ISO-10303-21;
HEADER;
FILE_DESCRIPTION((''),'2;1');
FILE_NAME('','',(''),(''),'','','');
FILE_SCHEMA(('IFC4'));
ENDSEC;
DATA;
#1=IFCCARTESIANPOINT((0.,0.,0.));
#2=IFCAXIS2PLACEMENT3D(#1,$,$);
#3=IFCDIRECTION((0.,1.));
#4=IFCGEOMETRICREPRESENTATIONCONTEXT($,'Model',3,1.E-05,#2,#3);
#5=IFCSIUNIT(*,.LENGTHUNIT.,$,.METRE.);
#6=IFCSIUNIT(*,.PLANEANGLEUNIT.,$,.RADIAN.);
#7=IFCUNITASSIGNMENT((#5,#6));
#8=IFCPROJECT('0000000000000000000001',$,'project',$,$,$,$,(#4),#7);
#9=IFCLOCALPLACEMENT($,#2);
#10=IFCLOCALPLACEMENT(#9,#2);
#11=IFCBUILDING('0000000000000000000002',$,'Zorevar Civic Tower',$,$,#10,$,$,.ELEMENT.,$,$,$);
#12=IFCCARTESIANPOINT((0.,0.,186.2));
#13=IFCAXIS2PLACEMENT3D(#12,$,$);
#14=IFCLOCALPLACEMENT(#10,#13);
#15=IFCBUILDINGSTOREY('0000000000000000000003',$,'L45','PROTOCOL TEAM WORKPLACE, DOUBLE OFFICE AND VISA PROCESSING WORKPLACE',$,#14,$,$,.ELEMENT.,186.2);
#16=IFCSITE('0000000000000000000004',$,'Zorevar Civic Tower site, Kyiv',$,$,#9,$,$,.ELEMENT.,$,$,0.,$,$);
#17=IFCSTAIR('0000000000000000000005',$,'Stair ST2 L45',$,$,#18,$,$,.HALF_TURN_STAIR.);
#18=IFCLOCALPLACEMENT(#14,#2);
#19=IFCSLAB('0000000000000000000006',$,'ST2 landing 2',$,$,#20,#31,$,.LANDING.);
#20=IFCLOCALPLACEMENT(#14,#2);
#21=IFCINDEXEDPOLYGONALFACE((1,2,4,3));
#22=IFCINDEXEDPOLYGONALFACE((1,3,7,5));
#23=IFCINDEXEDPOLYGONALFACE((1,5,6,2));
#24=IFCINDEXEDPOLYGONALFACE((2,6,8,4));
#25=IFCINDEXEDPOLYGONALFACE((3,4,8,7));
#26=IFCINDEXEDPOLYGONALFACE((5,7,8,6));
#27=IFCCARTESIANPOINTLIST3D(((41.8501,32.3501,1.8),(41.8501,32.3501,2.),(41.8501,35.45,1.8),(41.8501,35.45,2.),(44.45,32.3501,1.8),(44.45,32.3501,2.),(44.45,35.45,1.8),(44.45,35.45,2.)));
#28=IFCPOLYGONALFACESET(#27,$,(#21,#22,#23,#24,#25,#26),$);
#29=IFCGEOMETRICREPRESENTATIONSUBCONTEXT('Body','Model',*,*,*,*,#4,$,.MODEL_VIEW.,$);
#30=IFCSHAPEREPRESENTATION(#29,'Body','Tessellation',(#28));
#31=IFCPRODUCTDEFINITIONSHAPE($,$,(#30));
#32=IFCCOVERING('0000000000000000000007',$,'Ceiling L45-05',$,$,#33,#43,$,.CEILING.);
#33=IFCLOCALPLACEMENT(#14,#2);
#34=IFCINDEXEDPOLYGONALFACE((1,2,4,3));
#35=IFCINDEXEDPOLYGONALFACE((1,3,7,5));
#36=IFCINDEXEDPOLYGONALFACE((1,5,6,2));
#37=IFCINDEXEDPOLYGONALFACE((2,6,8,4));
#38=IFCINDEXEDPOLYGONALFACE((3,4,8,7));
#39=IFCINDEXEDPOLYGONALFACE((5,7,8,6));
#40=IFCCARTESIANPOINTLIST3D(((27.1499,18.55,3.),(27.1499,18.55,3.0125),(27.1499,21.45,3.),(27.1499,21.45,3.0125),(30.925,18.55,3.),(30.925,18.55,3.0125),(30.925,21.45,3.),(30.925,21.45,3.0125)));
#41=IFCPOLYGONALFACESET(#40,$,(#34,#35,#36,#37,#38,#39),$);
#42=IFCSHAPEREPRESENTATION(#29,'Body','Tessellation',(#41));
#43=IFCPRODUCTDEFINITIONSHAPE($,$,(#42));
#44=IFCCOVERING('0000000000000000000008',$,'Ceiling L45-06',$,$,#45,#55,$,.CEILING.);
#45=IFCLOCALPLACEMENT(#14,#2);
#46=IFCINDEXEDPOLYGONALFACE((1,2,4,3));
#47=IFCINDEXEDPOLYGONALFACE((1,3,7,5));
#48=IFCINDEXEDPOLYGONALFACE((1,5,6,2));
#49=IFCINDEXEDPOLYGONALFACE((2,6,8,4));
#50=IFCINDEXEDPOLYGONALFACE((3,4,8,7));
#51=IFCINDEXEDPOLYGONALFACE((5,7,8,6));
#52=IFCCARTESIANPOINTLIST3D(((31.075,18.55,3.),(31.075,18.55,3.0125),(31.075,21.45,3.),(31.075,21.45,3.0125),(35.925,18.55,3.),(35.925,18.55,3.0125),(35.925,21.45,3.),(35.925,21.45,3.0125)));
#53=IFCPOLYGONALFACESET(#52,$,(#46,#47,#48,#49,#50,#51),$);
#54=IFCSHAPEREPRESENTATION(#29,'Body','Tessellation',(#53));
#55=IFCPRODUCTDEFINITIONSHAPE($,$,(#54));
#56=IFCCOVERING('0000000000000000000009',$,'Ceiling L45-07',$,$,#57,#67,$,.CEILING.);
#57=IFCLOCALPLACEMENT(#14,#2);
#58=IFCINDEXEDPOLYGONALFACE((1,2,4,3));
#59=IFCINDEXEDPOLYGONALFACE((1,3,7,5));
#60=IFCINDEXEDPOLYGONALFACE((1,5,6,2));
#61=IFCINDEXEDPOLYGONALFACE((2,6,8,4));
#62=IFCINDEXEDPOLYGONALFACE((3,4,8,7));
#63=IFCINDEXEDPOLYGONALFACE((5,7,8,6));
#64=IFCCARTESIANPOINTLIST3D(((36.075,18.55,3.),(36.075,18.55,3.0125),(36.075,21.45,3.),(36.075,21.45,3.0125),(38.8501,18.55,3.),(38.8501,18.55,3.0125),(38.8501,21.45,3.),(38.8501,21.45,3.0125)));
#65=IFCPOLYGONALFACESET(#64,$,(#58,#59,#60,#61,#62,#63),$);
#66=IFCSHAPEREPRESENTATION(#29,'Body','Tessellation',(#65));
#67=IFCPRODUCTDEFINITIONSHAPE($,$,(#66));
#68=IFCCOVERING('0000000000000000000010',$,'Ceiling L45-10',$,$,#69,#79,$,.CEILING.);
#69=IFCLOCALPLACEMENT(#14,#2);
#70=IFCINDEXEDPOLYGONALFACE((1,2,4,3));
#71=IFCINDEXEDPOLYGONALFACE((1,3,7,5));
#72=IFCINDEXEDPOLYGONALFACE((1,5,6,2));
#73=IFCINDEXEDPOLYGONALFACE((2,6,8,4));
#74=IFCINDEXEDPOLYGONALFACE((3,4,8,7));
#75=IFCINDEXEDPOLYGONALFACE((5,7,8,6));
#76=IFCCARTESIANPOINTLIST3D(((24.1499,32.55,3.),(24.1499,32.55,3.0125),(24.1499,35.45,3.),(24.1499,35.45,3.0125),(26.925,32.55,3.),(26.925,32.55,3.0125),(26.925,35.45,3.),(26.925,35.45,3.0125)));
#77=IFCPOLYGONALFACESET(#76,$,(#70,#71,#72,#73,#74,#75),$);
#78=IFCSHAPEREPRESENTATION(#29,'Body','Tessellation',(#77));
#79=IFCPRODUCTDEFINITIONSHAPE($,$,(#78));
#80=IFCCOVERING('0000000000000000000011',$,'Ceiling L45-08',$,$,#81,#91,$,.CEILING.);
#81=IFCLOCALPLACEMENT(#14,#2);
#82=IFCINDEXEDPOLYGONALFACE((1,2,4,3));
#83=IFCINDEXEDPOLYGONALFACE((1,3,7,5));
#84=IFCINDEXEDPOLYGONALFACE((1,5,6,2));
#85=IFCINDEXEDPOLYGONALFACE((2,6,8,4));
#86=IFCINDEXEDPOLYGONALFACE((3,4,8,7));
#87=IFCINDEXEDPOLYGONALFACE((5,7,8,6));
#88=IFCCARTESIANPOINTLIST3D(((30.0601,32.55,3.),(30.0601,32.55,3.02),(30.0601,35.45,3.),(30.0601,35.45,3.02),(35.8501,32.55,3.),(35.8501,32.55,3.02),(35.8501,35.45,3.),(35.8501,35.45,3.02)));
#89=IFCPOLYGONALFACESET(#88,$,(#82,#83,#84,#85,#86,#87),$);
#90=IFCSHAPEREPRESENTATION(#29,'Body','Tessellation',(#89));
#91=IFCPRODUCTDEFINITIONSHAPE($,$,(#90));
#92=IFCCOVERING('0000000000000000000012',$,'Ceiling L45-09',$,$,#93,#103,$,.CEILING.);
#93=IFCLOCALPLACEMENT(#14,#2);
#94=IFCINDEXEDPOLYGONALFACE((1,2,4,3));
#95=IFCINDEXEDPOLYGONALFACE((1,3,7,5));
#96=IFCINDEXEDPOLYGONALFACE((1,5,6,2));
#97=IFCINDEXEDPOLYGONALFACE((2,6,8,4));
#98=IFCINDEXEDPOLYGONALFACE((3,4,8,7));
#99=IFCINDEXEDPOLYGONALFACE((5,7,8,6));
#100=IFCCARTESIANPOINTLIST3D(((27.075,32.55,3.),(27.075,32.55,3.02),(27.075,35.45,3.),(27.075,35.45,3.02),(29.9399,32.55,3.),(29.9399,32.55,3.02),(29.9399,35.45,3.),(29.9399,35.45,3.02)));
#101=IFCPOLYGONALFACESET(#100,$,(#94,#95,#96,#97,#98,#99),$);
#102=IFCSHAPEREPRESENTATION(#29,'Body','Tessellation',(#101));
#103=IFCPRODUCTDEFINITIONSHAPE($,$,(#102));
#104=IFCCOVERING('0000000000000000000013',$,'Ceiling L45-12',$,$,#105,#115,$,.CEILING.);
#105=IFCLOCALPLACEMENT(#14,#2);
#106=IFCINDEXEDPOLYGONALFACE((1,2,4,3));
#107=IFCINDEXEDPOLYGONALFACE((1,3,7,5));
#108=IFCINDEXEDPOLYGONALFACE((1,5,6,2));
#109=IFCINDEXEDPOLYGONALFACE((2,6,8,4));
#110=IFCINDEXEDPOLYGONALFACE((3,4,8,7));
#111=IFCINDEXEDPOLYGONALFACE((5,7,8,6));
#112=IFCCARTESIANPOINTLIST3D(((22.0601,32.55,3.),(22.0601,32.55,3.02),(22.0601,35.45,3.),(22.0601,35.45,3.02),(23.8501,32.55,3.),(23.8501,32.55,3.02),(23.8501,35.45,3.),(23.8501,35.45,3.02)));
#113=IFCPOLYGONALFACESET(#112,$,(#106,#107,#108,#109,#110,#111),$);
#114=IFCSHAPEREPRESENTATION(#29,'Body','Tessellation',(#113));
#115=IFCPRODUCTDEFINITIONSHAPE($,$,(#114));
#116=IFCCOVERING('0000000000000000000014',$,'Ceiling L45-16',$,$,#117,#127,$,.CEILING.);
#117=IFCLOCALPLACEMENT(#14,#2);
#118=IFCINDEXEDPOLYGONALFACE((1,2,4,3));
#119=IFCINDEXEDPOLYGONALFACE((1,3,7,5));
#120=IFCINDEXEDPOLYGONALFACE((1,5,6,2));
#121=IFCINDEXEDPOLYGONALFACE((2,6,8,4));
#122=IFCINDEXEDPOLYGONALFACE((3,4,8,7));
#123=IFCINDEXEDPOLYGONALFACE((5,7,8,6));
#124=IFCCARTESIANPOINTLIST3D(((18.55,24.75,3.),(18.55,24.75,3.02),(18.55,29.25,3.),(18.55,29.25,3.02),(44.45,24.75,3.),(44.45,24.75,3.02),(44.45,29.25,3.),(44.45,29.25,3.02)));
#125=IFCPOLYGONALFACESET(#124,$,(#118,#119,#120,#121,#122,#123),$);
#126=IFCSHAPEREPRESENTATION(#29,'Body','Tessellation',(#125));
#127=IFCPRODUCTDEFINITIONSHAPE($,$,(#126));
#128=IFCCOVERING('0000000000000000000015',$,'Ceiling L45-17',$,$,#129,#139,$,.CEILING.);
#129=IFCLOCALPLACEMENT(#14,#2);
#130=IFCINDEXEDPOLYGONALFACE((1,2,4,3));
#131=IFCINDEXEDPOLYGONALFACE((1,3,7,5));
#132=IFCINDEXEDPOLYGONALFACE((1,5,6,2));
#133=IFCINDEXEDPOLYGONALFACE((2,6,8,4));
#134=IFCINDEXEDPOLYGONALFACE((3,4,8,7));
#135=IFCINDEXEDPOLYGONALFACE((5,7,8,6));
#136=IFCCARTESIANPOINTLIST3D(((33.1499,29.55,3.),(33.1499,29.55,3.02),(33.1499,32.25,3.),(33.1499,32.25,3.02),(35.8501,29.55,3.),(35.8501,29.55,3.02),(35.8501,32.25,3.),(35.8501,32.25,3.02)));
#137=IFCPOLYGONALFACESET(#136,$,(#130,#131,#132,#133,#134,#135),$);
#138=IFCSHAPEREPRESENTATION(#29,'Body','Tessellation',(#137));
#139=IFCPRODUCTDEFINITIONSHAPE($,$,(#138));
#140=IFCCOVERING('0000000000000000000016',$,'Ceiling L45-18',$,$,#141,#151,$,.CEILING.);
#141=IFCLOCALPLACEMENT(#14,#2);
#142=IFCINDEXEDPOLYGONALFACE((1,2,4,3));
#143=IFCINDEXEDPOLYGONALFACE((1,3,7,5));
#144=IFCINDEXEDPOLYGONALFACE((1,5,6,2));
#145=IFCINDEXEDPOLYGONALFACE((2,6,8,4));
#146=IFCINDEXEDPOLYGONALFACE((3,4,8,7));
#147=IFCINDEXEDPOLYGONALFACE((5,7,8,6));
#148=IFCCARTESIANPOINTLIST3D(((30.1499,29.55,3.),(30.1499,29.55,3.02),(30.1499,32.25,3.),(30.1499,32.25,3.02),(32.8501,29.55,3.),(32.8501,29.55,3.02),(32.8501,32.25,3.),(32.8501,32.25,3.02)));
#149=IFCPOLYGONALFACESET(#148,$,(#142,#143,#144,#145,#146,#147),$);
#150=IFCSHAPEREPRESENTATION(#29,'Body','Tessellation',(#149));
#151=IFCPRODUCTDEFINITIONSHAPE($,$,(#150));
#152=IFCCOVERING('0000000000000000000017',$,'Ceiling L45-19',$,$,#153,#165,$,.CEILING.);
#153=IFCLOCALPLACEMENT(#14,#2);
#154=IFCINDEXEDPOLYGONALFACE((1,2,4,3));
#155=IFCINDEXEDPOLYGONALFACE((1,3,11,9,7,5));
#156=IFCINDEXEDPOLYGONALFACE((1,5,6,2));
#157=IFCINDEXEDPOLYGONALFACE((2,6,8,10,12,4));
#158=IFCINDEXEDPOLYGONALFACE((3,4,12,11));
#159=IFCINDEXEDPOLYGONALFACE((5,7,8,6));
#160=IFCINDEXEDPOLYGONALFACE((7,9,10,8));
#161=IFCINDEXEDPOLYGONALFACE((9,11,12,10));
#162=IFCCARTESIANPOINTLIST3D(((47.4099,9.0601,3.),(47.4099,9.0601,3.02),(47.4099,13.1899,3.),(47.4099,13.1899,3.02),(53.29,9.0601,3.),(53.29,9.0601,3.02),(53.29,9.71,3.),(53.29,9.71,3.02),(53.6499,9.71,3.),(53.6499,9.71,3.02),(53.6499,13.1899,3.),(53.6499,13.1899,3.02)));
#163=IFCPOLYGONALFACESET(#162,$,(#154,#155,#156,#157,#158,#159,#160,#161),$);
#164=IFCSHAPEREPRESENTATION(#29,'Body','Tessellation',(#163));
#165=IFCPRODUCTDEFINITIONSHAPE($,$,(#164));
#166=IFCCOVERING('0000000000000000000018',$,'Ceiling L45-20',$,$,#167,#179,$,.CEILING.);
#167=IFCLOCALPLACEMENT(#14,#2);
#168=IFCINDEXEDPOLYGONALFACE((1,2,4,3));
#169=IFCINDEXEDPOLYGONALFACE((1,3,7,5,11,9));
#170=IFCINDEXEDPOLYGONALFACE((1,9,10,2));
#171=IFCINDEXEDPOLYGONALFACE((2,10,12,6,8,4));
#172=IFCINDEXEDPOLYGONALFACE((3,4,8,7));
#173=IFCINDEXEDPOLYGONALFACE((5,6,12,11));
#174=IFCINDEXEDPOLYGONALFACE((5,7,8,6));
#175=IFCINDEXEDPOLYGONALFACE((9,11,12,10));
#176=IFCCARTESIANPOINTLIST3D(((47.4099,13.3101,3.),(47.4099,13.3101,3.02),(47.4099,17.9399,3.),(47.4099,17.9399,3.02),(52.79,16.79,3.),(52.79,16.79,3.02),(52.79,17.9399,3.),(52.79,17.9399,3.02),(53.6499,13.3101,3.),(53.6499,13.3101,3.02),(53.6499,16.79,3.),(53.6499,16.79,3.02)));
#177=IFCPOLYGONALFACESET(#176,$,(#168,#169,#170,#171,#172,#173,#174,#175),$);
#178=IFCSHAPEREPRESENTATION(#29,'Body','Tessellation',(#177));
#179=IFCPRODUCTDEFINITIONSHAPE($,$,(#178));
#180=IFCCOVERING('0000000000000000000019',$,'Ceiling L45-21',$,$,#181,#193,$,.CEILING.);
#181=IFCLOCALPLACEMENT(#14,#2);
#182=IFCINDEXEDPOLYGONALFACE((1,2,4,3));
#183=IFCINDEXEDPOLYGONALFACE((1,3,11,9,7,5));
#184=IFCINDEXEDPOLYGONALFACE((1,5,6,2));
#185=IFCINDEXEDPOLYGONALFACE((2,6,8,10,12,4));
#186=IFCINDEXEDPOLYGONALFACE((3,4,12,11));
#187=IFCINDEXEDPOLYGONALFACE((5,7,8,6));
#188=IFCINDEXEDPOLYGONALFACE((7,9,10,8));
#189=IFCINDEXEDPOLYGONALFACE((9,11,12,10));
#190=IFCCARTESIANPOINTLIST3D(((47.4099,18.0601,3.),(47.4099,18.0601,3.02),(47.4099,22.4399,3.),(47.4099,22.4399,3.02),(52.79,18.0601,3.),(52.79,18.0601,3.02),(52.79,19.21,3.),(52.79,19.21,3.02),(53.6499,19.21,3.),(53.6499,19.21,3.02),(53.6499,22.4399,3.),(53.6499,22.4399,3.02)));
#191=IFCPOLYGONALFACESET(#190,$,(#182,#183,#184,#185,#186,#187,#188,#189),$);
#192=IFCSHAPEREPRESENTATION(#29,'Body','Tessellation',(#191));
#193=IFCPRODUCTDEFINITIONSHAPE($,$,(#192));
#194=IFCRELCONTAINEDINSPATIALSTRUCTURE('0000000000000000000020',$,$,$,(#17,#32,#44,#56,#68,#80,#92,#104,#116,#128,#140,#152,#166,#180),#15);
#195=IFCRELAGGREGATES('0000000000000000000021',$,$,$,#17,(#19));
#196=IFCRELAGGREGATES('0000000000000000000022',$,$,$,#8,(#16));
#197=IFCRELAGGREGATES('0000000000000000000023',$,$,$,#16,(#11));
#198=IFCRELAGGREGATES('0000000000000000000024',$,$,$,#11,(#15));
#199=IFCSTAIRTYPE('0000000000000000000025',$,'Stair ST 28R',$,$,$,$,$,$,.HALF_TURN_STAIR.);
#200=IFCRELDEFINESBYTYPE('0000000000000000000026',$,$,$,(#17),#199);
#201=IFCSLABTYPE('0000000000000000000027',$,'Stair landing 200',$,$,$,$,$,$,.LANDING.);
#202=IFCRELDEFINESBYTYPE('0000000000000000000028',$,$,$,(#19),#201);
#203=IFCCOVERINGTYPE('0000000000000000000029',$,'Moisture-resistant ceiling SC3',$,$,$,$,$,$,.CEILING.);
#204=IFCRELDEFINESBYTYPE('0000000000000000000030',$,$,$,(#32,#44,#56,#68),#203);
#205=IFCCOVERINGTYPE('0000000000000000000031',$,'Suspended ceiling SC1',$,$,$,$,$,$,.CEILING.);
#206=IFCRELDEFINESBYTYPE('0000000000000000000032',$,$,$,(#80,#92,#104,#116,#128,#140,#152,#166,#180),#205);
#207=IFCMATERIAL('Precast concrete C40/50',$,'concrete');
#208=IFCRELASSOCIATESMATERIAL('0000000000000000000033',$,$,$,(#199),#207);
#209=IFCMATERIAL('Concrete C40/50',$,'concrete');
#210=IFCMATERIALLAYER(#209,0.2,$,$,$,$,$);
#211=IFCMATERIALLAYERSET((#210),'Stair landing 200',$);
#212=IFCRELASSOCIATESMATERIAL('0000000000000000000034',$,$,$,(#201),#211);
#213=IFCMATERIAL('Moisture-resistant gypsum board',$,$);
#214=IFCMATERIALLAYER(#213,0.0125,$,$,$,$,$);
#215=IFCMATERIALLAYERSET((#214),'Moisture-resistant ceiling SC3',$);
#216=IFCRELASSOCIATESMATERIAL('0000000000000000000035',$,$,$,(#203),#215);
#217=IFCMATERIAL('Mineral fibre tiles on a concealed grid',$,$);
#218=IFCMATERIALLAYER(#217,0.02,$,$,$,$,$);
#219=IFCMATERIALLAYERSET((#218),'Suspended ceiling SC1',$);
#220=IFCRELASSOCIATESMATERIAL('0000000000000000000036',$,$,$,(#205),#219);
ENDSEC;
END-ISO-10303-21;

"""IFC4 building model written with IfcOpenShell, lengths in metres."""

from ifc_helpers import new_model, si_unit, direction, frame, origin, place, context, subcontext, project, spatial, polyline, outline, extrude, material, layer, layer_set, type_object, element, aggregate, save


model = new_model("IFC4")

# Units and contexts
model_context = context("Model", 3, precision=1e-05, world=origin(), true_north=direction((0.0, 1.0)))
body_context = subcontext(model_context, "Body", "Model", "MODEL_VIEW")
ifc_project = project(units=[si_unit("LENGTHUNIT", "METRE"), si_unit("PLANEANGLEUNIT", "RADIAN")], contexts=[model_context])

# Site, building, storey
site_placement = place(None, origin())
site = spatial("IfcSite", under=ifc_project, at=site_placement, Name="Zorevar Civic Tower site, Kyiv", CompositionType="ELEMENT", RefElevation=0.0)
building_placement = place(site_placement, origin())
building = spatial("IfcBuilding", under=site, at=building_placement, Name="Zorevar Civic Tower", CompositionType="ELEMENT")
storey_placement = place(building_placement, frame((0.0, 0.0, 186.2)))
storey = spatial("IfcBuildingStorey", under=building, at=storey_placement, Name="L45", Description="PROTOCOL TEAM WORKPLACE, DOUBLE OFFICE AND VISA PROCESSING WORKPLACE", CompositionType="ELEMENT", Elevation=186.2)

# Stair, slab
ifc_material_1 = material(Name="Precast concrete C40/50", Category="concrete")
stair_type = type_object("IfcStairType", Name="Stair ST 28R", PredefinedType="HALF_TURN_STAIR", material=ifc_material_1)
ifc_material_2 = material(Name="Concrete C40/50", Category="concrete")
ifc_layer_1 = layer(ifc_material_2, 0.2)
ifc_layer_set_1 = layer_set([ifc_layer_1], Name="Stair landing 200")
slab_type_1 = type_object("IfcSlabType", Name="Stair landing 200", PredefinedType="LANDING", material=ifc_layer_set_1)
stair_1_placement = place(storey_placement, origin())
stair_1 = element("IfcStair", 1, at=stair_1_placement, inside=storey, type_object=stair_type, Name="Stair ST2 L45", PredefinedType="HALF_TURN_STAIR")
slab_1_placement = place(storey_placement, frame((0.0, 0.0, 1.8)))
slab_1 = element("IfcSlab", 2, at=slab_1_placement, type_object=slab_type_1, Name="ST2 landing 2", PredefinedType="LANDING", context=body_context, shape_type="SweptSolid", body=[
    extrude(outline(polyline([(44.45, 32.3501), (41.8501, 32.3501), (41.8501, 35.45), (44.45, 35.45), (44.45, 32.3501)])), origin(), (0.0, 0.0, 1.0), 0.2),
])
aggregate(stair_1, [slab_1])

# Coverings
ifc_material_3 = material(Name="Moisture-resistant gypsum board")
ifc_layer_2 = layer(ifc_material_3, 0.0125)
ifc_layer_set_2 = layer_set([ifc_layer_2], Name="Moisture-resistant ceiling SC3")
covering_type_1 = type_object("IfcCoveringType", Name="Moisture-resistant ceiling SC3", PredefinedType="CEILING", material=ifc_layer_set_2)
covering_1_placement = place(storey_placement, frame((0.0, 0.0, 3.0)))
element("IfcCovering", 3, at=covering_1_placement, inside=storey, type_object=covering_type_1, Name="Ceiling L45-05", PredefinedType="CEILING", context=body_context, shape_type="SweptSolid", body=[
    extrude(outline(polyline([(30.925, 18.55), (30.925, 21.45), (27.1499, 21.45), (27.1499, 18.55), (30.925, 18.55)])), origin(), (0.0, 0.0, 1.0), 0.0125),
])
covering_2_placement = place(storey_placement, frame((0.0, 0.0, 3.0)))
element("IfcCovering", 4, at=covering_2_placement, inside=storey, type_object=covering_type_1, Name="Ceiling L45-06", PredefinedType="CEILING", context=body_context, shape_type="SweptSolid", body=[
    extrude(outline(polyline([(35.925, 18.55), (35.925, 21.45), (31.075, 21.45), (31.075, 18.55), (35.925, 18.55)])), origin(), (0.0, 0.0, 1.0), 0.0125),
])
covering_3_placement = place(storey_placement, frame((0.0, 0.0, 3.0)))
element("IfcCovering", 5, at=covering_3_placement, inside=storey, type_object=covering_type_1, Name="Ceiling L45-07", PredefinedType="CEILING", context=body_context, shape_type="SweptSolid", body=[
    extrude(outline(polyline([(38.8501, 18.55), (38.8501, 21.45), (36.075, 21.45), (36.075, 18.55), (38.8501, 18.55)])), origin(), (0.0, 0.0, 1.0), 0.0125),
])
covering_4_placement = place(storey_placement, frame((0.0, 0.0, 3.0)))
element("IfcCovering", 6, at=covering_4_placement, inside=storey, type_object=covering_type_1, Name="Ceiling L45-10", PredefinedType="CEILING", context=body_context, shape_type="SweptSolid", body=[
    extrude(outline(polyline([(26.925, 32.55), (26.925, 35.45), (24.1499, 35.45), (24.1499, 32.55), (26.925, 32.55)])), origin(), (0.0, 0.0, 1.0), 0.0125),
])
ifc_material_4 = material(Name="Mineral fibre tiles on a concealed grid")
ifc_layer_3 = layer(ifc_material_4, 0.02)
ifc_layer_set_3 = layer_set([ifc_layer_3], Name="Suspended ceiling SC1")
covering_type_2 = type_object("IfcCoveringType", Name="Suspended ceiling SC1", PredefinedType="CEILING", material=ifc_layer_set_3)
covering_5_placement = place(storey_placement, frame((0.0, 0.0, 3.0)))
element("IfcCovering", 7, at=covering_5_placement, inside=storey, type_object=covering_type_2, Name="Ceiling L45-08", PredefinedType="CEILING", context=body_context, shape_type="SweptSolid", body=[
    extrude(outline(polyline([(35.8501, 32.55), (35.8501, 35.45), (30.0601, 35.45), (30.0601, 32.55), (35.8501, 32.55)])), origin(), (0.0, 0.0, 1.0), 0.02),
])
covering_6_placement = place(storey_placement, frame((0.0, 0.0, 3.0)))
element("IfcCovering", 8, at=covering_6_placement, inside=storey, type_object=covering_type_2, Name="Ceiling L45-09", PredefinedType="CEILING", context=body_context, shape_type="SweptSolid", body=[
    extrude(outline(polyline([(29.9399, 32.55), (29.9399, 35.45), (27.075, 35.45), (27.075, 32.55), (29.9399, 32.55)])), origin(), (0.0, 0.0, 1.0), 0.02),
])
covering_7_placement = place(storey_placement, frame((0.0, 0.0, 3.0)))
element("IfcCovering", 9, at=covering_7_placement, inside=storey, type_object=covering_type_2, Name="Ceiling L45-12", PredefinedType="CEILING", context=body_context, shape_type="SweptSolid", body=[
    extrude(outline(polyline([(23.8501, 32.55), (23.8501, 35.45), (22.0601, 35.45), (22.0601, 32.55), (23.8501, 32.55)])), origin(), (0.0, 0.0, 1.0), 0.02),
])
covering_8_placement = place(storey_placement, frame((0.0, 0.0, 3.0)))
element("IfcCovering", 10, at=covering_8_placement, inside=storey, type_object=covering_type_2, Name="Ceiling L45-16", PredefinedType="CEILING", context=body_context, shape_type="SweptSolid", body=[
    extrude(outline(polyline([(44.45, 24.75), (44.45, 29.25), (18.55, 29.25), (18.55, 24.75), (44.45, 24.75)])), origin(), (0.0, 0.0, 1.0), 0.02),
])
covering_9_placement = place(storey_placement, frame((0.0, 0.0, 3.0)))
element("IfcCovering", 11, at=covering_9_placement, inside=storey, type_object=covering_type_2, Name="Ceiling L45-17", PredefinedType="CEILING", context=body_context, shape_type="SweptSolid", body=[
    extrude(outline(polyline([(35.8501, 29.55), (35.8501, 32.25), (33.1499, 32.25), (33.1499, 29.55), (35.8501, 29.55)])), origin(), (0.0, 0.0, 1.0), 0.02),
])
covering_10_placement = place(storey_placement, frame((0.0, 0.0, 3.0)))
element("IfcCovering", 12, at=covering_10_placement, inside=storey, type_object=covering_type_2, Name="Ceiling L45-18", PredefinedType="CEILING", context=body_context, shape_type="SweptSolid", body=[
    extrude(outline(polyline([(32.8501, 29.55), (32.8501, 32.25), (30.1499, 32.25), (30.1499, 29.55), (32.8501, 29.55)])), origin(), (0.0, 0.0, 1.0), 0.02),
])
covering_11_placement = place(storey_placement, frame((0.0, 0.0, 3.0)))
element("IfcCovering", 13, at=covering_11_placement, inside=storey, type_object=covering_type_2, Name="Ceiling L45-19", PredefinedType="CEILING", context=body_context, shape_type="SweptSolid", body=[
    extrude(outline(polyline([(47.4099, 13.1899), (53.6499, 13.1899), (53.6499, 9.71), (53.29, 9.71), (53.29, 9.0601), (47.4099, 9.0601), (47.4099, 13.1899)])), origin(), (0.0, 0.0, 1.0), 0.02),
])
covering_12_placement = place(storey_placement, frame((0.0, 0.0, 3.0)))
element("IfcCovering", 14, at=covering_12_placement, inside=storey, type_object=covering_type_2, Name="Ceiling L45-20", PredefinedType="CEILING", context=body_context, shape_type="SweptSolid", body=[
    extrude(outline(polyline([(47.4099, 17.9399), (52.79, 17.9399), (52.79, 16.79), (53.6499, 16.79), (53.6499, 13.3101), (47.4099, 13.3101), (47.4099, 17.9399)])), origin(), (0.0, 0.0, 1.0), 0.02),
])
covering_13_placement = place(storey_placement, frame((0.0, 0.0, 3.0)))
element("IfcCovering", 15, at=covering_13_placement, inside=storey, type_object=covering_type_2, Name="Ceiling L45-21", PredefinedType="CEILING", context=body_context, shape_type="SweptSolid", body=[
    extrude(outline(polyline([(47.4099, 22.4399), (53.6499, 22.4399), (53.6499, 19.21), (52.79, 19.21), (52.79, 18.0601), (47.4099, 18.0601), (47.4099, 22.4399)])), origin(), (0.0, 0.0, 1.0), 0.02),
])

save(model, "model.ifc")
